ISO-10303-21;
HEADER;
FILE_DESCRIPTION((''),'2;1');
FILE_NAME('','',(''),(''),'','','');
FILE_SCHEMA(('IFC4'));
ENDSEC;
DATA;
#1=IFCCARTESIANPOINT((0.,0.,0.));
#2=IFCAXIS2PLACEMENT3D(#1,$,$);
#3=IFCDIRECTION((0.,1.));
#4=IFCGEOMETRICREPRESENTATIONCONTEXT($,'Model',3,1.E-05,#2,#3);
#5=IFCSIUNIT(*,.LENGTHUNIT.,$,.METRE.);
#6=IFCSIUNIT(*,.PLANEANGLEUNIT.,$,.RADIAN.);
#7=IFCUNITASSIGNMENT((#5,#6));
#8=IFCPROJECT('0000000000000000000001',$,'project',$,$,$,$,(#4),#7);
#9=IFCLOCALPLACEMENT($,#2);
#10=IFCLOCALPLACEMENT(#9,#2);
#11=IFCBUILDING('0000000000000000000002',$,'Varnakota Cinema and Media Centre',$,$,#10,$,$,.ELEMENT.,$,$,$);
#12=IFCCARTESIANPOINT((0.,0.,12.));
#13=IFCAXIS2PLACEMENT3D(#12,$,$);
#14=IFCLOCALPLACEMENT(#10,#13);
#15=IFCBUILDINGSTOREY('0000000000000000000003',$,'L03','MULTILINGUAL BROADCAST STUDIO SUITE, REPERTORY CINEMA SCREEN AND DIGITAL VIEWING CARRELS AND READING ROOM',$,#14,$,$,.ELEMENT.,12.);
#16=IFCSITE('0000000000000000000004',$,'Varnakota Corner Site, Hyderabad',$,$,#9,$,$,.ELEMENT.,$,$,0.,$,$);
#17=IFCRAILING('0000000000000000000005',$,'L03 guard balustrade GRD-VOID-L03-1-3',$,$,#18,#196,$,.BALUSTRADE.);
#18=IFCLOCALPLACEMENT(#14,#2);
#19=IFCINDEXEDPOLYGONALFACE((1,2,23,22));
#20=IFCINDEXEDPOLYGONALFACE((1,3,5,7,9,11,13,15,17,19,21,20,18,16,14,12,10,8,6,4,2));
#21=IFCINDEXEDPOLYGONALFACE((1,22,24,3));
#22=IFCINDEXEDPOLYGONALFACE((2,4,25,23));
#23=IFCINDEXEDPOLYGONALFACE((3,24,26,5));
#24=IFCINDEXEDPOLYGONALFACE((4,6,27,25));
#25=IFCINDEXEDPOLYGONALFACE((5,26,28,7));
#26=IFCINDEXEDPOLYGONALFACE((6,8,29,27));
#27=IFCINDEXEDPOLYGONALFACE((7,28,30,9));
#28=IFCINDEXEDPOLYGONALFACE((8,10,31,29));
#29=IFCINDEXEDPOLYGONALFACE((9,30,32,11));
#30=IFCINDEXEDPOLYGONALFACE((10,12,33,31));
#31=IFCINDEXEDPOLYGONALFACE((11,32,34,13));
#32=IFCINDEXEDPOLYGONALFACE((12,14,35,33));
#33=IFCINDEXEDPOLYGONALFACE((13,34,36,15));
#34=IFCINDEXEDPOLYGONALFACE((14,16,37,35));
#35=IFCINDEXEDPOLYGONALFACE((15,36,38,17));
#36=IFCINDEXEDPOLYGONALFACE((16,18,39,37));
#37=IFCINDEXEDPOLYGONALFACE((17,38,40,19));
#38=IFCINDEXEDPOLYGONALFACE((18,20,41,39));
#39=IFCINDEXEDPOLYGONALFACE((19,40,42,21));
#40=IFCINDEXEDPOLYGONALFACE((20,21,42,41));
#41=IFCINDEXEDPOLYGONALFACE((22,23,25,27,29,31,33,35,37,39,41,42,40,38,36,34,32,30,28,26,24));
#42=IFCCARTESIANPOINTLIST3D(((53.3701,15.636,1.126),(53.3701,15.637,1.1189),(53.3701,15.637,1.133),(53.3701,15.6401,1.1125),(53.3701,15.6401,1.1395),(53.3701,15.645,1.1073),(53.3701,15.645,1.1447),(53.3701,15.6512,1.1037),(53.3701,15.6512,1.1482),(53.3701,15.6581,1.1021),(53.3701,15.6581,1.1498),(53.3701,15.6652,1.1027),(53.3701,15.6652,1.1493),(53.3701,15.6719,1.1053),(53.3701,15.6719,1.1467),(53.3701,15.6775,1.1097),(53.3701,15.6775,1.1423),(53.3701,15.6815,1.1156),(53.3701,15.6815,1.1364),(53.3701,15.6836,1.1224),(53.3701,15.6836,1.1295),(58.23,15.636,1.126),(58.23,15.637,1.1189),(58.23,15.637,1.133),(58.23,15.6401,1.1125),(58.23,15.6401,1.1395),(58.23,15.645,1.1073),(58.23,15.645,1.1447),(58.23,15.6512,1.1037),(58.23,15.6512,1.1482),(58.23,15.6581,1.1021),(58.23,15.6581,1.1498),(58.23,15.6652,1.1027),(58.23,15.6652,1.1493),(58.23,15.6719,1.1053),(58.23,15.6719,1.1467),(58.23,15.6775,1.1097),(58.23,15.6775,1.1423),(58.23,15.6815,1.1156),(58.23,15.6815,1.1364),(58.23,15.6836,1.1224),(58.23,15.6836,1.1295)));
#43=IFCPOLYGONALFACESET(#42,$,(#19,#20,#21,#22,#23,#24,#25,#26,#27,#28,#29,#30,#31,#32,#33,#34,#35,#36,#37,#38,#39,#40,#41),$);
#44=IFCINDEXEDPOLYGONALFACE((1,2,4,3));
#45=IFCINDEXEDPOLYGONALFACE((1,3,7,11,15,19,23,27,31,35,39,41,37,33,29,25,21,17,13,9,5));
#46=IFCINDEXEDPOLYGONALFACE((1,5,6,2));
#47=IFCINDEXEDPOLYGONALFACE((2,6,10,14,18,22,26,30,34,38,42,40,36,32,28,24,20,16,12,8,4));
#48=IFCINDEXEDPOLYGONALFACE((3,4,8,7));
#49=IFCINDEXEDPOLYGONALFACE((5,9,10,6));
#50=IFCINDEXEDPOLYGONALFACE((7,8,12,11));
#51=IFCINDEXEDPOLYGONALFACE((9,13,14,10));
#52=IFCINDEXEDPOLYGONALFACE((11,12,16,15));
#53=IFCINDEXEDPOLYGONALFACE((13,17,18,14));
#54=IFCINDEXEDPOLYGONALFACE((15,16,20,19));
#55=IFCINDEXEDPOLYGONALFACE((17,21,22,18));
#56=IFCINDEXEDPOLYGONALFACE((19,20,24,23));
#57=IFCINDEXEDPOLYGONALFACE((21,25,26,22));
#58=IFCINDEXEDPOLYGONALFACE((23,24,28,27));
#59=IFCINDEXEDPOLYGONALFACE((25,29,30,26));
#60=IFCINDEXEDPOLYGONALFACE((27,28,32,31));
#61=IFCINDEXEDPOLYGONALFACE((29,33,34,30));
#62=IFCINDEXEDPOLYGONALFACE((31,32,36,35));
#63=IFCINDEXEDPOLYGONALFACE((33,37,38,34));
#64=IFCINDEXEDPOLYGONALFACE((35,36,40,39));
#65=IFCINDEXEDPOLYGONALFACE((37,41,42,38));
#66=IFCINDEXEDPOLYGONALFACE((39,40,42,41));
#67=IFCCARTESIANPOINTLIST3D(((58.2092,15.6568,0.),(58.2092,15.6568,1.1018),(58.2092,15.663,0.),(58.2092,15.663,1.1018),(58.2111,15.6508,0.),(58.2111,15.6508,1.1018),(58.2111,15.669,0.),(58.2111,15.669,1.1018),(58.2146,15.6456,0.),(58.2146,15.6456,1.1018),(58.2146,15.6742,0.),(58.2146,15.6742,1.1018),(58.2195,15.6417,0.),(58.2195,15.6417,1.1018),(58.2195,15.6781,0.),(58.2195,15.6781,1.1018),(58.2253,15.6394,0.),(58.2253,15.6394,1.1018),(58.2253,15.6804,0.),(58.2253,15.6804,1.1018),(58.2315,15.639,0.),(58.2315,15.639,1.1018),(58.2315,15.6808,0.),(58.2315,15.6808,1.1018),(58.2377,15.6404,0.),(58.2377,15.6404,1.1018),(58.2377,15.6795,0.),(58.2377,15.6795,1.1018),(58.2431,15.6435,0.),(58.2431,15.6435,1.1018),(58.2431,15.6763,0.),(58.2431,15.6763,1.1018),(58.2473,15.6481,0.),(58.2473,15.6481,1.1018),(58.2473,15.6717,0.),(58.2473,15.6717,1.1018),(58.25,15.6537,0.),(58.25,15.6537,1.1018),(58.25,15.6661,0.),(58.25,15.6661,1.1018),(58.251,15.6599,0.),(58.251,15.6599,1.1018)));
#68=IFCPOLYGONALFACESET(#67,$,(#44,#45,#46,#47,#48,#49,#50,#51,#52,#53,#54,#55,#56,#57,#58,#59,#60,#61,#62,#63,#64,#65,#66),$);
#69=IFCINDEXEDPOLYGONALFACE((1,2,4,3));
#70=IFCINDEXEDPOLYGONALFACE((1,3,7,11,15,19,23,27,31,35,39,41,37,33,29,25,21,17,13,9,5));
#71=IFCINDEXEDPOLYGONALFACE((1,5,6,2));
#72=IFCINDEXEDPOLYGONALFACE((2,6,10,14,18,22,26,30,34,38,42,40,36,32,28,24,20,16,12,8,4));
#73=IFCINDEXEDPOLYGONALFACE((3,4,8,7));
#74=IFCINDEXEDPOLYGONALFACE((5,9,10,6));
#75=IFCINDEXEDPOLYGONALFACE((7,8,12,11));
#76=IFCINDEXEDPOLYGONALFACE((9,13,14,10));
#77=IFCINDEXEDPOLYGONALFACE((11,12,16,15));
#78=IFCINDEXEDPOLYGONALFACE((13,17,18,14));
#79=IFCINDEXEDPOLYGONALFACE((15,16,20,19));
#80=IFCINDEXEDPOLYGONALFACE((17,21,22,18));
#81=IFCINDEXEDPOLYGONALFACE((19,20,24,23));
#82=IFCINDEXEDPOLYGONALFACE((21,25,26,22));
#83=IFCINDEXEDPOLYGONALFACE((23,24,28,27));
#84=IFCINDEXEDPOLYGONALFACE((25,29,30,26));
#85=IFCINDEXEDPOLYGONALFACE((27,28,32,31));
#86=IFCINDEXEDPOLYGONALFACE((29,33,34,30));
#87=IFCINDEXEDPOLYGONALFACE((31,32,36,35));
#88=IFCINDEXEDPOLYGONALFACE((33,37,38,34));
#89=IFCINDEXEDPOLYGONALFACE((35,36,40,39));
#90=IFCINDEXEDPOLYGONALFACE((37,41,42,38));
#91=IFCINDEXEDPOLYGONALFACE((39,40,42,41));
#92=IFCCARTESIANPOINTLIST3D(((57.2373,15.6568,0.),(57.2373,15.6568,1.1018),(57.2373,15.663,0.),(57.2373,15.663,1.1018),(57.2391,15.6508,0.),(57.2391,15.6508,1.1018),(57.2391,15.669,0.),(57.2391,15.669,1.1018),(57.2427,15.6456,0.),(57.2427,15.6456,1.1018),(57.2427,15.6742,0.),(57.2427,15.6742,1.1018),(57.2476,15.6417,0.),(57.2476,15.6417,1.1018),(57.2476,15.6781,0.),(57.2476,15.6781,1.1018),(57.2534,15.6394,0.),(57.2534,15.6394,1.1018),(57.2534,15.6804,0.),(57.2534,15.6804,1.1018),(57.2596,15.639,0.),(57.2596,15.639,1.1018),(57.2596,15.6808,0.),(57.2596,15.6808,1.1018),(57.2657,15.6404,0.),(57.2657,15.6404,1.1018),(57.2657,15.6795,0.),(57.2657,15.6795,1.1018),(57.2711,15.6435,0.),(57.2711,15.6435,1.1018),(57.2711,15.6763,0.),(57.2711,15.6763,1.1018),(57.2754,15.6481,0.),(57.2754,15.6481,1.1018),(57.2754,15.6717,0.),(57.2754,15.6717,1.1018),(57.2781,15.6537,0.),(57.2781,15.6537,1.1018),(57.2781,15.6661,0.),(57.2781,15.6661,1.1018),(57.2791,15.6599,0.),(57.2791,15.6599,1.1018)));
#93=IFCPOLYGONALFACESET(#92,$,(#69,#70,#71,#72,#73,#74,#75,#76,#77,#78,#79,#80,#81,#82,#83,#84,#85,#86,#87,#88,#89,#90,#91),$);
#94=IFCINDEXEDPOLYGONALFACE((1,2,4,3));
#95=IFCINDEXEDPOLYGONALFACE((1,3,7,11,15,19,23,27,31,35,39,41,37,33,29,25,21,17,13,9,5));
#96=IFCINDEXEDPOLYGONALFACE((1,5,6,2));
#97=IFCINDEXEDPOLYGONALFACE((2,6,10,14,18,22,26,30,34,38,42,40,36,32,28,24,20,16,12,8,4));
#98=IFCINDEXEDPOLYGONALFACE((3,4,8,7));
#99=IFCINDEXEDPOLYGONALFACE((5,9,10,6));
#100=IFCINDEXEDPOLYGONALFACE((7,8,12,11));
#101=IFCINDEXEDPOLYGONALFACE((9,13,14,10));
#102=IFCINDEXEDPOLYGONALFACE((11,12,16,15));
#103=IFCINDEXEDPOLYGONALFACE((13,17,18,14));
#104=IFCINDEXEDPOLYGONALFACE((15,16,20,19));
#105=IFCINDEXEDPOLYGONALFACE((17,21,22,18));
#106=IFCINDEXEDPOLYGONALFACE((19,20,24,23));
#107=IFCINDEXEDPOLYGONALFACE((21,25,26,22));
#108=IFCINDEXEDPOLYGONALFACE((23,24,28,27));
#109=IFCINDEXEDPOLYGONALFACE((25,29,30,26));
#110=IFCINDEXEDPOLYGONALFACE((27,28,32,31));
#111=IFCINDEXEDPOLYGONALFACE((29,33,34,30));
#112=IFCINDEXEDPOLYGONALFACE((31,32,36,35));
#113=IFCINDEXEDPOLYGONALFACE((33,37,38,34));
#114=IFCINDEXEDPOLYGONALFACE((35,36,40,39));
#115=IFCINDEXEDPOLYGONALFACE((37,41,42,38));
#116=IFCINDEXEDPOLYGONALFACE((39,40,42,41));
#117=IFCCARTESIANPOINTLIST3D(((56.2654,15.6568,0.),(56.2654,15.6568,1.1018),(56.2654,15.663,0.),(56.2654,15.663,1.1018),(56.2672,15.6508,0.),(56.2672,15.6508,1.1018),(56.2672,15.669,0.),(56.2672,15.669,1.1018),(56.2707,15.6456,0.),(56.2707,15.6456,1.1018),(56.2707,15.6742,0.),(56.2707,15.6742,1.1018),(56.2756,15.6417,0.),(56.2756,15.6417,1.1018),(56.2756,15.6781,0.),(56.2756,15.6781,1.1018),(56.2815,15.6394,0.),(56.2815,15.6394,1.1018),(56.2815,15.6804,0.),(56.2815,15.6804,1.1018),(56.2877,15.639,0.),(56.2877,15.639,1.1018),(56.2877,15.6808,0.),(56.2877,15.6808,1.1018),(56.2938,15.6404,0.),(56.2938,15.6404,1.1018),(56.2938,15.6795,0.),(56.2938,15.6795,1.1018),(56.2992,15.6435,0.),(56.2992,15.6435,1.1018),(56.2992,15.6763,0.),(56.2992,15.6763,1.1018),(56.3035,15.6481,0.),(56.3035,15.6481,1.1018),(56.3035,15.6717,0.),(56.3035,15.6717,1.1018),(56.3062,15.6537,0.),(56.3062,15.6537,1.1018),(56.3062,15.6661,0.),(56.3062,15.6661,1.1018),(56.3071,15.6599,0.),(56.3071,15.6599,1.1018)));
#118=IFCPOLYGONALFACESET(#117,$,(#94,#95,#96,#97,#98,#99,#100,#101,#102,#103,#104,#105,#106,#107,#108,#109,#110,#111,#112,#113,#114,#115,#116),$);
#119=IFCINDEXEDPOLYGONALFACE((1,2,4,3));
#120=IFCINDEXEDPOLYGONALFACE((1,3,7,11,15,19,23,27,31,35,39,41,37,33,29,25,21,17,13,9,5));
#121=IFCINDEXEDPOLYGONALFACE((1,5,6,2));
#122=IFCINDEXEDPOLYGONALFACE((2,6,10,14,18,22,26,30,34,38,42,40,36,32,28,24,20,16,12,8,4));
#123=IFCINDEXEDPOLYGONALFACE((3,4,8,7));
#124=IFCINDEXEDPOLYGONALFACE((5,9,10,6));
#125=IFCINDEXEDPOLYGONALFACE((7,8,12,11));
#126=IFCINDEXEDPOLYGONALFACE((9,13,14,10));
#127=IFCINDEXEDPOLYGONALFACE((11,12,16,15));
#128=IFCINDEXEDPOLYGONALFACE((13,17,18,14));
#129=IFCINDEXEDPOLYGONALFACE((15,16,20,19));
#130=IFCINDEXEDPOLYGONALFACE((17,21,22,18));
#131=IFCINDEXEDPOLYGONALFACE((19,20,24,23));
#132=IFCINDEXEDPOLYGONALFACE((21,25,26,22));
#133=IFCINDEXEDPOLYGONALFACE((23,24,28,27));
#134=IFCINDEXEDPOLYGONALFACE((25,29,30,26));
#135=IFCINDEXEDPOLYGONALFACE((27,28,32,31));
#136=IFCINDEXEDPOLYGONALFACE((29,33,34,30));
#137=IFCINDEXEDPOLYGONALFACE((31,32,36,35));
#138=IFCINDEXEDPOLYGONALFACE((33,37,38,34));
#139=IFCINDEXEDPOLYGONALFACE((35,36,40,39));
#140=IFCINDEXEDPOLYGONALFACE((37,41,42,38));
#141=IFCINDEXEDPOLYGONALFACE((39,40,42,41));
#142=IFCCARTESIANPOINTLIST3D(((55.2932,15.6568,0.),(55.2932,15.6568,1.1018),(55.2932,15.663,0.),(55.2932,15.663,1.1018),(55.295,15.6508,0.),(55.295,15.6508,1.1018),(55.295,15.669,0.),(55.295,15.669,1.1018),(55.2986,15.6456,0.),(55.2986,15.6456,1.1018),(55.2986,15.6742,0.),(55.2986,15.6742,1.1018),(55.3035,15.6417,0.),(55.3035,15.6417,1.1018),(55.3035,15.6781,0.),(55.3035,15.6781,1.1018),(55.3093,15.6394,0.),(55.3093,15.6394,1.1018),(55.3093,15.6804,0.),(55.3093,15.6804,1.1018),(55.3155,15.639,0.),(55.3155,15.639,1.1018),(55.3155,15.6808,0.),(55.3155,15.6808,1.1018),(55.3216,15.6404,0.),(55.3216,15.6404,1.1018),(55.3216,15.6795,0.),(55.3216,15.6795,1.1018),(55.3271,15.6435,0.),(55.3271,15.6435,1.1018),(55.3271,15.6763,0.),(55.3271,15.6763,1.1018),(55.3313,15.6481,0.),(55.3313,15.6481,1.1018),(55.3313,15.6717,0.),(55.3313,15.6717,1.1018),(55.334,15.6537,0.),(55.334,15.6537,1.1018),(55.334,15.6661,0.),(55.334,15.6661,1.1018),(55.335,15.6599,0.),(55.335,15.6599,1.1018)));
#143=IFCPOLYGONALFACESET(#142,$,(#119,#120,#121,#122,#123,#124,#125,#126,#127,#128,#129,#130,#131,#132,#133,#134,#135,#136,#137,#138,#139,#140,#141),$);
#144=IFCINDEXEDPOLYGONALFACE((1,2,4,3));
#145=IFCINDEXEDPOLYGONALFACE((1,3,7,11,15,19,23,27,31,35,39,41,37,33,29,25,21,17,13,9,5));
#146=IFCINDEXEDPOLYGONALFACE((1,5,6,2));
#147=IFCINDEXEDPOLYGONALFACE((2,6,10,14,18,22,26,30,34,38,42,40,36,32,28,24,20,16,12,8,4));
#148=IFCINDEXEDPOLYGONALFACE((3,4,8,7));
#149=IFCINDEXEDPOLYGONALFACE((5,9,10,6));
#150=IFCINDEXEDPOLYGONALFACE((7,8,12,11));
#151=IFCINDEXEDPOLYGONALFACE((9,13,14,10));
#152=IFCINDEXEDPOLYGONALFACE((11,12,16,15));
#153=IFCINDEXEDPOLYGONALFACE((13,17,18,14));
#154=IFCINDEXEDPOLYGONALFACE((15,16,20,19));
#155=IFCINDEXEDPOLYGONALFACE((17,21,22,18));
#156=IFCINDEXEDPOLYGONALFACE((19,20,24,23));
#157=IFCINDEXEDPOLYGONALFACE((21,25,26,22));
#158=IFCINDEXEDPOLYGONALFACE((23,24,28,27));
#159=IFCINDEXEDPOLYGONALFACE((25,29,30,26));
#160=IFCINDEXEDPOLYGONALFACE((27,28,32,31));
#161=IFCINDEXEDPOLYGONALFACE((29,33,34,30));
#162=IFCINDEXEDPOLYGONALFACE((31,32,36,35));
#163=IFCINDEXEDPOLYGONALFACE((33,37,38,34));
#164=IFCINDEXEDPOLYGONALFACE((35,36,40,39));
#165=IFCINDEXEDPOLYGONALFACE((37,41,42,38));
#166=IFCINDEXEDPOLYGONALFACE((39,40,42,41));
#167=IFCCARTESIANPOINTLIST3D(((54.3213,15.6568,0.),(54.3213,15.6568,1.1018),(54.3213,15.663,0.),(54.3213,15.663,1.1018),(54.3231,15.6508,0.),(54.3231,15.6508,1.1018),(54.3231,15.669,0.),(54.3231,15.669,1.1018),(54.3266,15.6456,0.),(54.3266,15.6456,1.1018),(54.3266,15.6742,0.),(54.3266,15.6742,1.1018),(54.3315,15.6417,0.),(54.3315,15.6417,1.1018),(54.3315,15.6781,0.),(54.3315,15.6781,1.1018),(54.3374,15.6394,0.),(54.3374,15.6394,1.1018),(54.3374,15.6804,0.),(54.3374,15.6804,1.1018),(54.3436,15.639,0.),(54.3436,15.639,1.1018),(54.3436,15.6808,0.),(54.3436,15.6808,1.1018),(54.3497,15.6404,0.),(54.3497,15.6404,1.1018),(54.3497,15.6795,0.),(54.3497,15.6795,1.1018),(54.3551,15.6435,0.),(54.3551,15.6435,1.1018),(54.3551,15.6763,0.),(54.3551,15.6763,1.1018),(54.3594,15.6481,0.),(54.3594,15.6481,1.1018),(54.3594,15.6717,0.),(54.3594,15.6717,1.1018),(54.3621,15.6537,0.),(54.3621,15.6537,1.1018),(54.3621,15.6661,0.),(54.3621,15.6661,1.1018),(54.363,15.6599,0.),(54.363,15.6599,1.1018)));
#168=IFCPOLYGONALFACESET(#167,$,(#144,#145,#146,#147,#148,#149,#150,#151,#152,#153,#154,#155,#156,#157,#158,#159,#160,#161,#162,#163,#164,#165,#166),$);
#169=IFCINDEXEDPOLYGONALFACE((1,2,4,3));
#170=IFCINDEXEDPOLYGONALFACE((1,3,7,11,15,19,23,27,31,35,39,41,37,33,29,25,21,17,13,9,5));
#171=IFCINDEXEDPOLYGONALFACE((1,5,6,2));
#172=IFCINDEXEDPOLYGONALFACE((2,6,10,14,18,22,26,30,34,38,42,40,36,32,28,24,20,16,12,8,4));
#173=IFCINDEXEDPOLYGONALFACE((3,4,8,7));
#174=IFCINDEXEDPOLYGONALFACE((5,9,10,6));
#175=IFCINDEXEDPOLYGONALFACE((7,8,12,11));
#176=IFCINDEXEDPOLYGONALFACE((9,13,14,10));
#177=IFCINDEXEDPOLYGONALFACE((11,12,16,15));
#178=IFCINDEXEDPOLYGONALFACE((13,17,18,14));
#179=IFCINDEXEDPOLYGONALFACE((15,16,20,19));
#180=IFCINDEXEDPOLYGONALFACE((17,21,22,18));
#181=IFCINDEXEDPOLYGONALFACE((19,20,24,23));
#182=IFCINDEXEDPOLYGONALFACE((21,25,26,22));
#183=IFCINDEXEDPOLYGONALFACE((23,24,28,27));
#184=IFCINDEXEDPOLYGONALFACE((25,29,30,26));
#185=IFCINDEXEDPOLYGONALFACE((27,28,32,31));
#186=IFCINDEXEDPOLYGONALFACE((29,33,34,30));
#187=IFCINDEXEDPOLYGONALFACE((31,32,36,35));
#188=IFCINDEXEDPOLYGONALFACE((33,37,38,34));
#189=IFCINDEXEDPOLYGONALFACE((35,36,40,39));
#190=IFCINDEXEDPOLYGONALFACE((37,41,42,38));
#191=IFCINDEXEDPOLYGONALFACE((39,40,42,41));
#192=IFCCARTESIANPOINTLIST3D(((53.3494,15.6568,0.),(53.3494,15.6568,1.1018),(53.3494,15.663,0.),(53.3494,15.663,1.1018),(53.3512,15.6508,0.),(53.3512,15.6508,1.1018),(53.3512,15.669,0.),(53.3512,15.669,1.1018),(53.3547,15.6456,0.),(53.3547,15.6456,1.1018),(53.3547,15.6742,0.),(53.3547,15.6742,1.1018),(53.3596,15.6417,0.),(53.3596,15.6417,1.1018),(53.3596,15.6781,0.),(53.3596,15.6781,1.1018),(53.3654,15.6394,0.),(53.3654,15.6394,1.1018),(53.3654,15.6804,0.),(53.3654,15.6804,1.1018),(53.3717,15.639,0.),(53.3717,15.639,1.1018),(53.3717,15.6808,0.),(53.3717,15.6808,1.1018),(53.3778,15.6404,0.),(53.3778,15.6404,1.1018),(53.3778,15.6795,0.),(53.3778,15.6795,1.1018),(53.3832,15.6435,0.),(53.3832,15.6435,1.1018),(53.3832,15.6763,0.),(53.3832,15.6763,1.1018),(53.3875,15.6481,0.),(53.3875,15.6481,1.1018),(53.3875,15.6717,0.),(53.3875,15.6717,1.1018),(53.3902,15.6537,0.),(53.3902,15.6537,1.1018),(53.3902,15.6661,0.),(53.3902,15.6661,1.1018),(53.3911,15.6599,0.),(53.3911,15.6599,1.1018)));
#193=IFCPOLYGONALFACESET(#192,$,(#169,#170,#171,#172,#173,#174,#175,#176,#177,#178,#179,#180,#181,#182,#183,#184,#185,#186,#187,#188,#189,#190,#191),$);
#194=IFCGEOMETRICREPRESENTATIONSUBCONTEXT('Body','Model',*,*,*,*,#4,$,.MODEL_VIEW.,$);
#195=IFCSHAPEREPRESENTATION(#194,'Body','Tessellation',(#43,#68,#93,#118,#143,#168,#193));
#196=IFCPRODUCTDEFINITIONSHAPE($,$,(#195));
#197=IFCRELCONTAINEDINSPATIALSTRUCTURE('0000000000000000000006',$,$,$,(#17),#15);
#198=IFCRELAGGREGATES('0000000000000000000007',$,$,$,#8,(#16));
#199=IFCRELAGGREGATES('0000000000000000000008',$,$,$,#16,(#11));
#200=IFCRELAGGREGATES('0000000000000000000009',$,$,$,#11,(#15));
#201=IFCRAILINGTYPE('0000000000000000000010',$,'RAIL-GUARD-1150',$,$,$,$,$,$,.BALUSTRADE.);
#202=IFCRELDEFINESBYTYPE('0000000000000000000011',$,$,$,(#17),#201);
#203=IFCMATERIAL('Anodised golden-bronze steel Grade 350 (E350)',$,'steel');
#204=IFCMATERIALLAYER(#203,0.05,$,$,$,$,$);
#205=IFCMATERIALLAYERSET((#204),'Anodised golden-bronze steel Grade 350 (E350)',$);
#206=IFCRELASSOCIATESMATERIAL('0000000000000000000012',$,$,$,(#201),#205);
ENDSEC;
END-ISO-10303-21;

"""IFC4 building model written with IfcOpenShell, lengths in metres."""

from ifc_helpers import new_model, si_unit, direction, frame, origin, origin_2d, place, context, subcontext, project, spatial, circle, extrude, material, layer, layer_set, type_object, element, save


model = new_model("IFC4")

# Units and contexts
model_context = context("Model", 3, precision=1e-05, world=origin(), true_north=direction((0.0, 1.0)))
body_context = subcontext(model_context, "Body", "Model", "MODEL_VIEW")
ifc_project = project(units=[si_unit("LENGTHUNIT", "METRE"), si_unit("PLANEANGLEUNIT", "RADIAN")], contexts=[model_context])

# Site, building, storey
site_placement = place(None, origin())
site = spatial("IfcSite", under=ifc_project, at=site_placement, Name="Varnakota Corner Site, Hyderabad", CompositionType="ELEMENT", RefElevation=0.0)
building_placement = place(site_placement, origin())
building = spatial("IfcBuilding", under=site, at=building_placement, Name="Varnakota Cinema and Media Centre", CompositionType="ELEMENT")
storey_placement = place(building_placement, frame((0.0, 0.0, 12.0)))
storey = spatial("IfcBuildingStorey", under=building, at=storey_placement, Name="L03", Description="MULTILINGUAL BROADCAST STUDIO SUITE, REPERTORY CINEMA SCREEN AND DIGITAL VIEWING CARRELS AND READING ROOM", CompositionType="ELEMENT", Elevation=12.0)

# Railing
ifc_material_1 = material(Name="Anodised golden-bronze steel Grade 350 (E350)", Category="steel")
ifc_layer_1 = layer(ifc_material_1, 0.05)
ifc_layer_set_1 = layer_set([ifc_layer_1], Name="Anodised golden-bronze steel Grade 350 (E350)")
railing_type = type_object("IfcRailingType", Name="RAIL-GUARD-1150", PredefinedType="BALUSTRADE", material=ifc_layer_set_1)
railing_1_placement = place(storey_placement, frame((58.23, 15.6599, 0.0)))
element("IfcRailing", 1, at=railing_1_placement, inside=storey, type_object=railing_type, Name="L03 guard balustrade GRD-VOID-L03-1-3", PredefinedType="BALUSTRADE", context=body_context, shape_type="SweptSolid", body=[
    extrude(circle(Radius=0.0239, at=origin_2d()), frame((0.0, 0.0, 1.126), z_axis=(-1.0, 0.0, 0.0), x_axis=(0.0, -1.0, 0.0)), (0.0, 0.0, 1.0), 4.8599),
    extrude(circle(Radius=0.021, at=origin_2d()), origin(), (0.0, 0.0, 1.0), 1.1018),
    extrude(circle(Radius=0.021, at=origin_2d()), frame((-0.9719, 0.0, 0.0)), (0.0, 0.0, 1.0), 1.1018),
    extrude(circle(Radius=0.021, at=origin_2d()), frame((-1.9438, 0.0, 0.0)), (0.0, 0.0, 1.0), 1.1018),
    extrude(circle(Radius=0.021, at=origin_2d()), frame((-2.916, 0.0, 0.0)), (0.0, 0.0, 1.0), 1.1018),
    extrude(circle(Radius=0.021, at=origin_2d()), frame((-3.8879, 0.0, 0.0)), (0.0, 0.0, 1.0), 1.1018),
    extrude(circle(Radius=0.021, at=origin_2d()), frame((-4.8599, 0.0, 0.0)), (0.0, 0.0, 1.0), 1.1018),
])

save(model, "model.ifc")
